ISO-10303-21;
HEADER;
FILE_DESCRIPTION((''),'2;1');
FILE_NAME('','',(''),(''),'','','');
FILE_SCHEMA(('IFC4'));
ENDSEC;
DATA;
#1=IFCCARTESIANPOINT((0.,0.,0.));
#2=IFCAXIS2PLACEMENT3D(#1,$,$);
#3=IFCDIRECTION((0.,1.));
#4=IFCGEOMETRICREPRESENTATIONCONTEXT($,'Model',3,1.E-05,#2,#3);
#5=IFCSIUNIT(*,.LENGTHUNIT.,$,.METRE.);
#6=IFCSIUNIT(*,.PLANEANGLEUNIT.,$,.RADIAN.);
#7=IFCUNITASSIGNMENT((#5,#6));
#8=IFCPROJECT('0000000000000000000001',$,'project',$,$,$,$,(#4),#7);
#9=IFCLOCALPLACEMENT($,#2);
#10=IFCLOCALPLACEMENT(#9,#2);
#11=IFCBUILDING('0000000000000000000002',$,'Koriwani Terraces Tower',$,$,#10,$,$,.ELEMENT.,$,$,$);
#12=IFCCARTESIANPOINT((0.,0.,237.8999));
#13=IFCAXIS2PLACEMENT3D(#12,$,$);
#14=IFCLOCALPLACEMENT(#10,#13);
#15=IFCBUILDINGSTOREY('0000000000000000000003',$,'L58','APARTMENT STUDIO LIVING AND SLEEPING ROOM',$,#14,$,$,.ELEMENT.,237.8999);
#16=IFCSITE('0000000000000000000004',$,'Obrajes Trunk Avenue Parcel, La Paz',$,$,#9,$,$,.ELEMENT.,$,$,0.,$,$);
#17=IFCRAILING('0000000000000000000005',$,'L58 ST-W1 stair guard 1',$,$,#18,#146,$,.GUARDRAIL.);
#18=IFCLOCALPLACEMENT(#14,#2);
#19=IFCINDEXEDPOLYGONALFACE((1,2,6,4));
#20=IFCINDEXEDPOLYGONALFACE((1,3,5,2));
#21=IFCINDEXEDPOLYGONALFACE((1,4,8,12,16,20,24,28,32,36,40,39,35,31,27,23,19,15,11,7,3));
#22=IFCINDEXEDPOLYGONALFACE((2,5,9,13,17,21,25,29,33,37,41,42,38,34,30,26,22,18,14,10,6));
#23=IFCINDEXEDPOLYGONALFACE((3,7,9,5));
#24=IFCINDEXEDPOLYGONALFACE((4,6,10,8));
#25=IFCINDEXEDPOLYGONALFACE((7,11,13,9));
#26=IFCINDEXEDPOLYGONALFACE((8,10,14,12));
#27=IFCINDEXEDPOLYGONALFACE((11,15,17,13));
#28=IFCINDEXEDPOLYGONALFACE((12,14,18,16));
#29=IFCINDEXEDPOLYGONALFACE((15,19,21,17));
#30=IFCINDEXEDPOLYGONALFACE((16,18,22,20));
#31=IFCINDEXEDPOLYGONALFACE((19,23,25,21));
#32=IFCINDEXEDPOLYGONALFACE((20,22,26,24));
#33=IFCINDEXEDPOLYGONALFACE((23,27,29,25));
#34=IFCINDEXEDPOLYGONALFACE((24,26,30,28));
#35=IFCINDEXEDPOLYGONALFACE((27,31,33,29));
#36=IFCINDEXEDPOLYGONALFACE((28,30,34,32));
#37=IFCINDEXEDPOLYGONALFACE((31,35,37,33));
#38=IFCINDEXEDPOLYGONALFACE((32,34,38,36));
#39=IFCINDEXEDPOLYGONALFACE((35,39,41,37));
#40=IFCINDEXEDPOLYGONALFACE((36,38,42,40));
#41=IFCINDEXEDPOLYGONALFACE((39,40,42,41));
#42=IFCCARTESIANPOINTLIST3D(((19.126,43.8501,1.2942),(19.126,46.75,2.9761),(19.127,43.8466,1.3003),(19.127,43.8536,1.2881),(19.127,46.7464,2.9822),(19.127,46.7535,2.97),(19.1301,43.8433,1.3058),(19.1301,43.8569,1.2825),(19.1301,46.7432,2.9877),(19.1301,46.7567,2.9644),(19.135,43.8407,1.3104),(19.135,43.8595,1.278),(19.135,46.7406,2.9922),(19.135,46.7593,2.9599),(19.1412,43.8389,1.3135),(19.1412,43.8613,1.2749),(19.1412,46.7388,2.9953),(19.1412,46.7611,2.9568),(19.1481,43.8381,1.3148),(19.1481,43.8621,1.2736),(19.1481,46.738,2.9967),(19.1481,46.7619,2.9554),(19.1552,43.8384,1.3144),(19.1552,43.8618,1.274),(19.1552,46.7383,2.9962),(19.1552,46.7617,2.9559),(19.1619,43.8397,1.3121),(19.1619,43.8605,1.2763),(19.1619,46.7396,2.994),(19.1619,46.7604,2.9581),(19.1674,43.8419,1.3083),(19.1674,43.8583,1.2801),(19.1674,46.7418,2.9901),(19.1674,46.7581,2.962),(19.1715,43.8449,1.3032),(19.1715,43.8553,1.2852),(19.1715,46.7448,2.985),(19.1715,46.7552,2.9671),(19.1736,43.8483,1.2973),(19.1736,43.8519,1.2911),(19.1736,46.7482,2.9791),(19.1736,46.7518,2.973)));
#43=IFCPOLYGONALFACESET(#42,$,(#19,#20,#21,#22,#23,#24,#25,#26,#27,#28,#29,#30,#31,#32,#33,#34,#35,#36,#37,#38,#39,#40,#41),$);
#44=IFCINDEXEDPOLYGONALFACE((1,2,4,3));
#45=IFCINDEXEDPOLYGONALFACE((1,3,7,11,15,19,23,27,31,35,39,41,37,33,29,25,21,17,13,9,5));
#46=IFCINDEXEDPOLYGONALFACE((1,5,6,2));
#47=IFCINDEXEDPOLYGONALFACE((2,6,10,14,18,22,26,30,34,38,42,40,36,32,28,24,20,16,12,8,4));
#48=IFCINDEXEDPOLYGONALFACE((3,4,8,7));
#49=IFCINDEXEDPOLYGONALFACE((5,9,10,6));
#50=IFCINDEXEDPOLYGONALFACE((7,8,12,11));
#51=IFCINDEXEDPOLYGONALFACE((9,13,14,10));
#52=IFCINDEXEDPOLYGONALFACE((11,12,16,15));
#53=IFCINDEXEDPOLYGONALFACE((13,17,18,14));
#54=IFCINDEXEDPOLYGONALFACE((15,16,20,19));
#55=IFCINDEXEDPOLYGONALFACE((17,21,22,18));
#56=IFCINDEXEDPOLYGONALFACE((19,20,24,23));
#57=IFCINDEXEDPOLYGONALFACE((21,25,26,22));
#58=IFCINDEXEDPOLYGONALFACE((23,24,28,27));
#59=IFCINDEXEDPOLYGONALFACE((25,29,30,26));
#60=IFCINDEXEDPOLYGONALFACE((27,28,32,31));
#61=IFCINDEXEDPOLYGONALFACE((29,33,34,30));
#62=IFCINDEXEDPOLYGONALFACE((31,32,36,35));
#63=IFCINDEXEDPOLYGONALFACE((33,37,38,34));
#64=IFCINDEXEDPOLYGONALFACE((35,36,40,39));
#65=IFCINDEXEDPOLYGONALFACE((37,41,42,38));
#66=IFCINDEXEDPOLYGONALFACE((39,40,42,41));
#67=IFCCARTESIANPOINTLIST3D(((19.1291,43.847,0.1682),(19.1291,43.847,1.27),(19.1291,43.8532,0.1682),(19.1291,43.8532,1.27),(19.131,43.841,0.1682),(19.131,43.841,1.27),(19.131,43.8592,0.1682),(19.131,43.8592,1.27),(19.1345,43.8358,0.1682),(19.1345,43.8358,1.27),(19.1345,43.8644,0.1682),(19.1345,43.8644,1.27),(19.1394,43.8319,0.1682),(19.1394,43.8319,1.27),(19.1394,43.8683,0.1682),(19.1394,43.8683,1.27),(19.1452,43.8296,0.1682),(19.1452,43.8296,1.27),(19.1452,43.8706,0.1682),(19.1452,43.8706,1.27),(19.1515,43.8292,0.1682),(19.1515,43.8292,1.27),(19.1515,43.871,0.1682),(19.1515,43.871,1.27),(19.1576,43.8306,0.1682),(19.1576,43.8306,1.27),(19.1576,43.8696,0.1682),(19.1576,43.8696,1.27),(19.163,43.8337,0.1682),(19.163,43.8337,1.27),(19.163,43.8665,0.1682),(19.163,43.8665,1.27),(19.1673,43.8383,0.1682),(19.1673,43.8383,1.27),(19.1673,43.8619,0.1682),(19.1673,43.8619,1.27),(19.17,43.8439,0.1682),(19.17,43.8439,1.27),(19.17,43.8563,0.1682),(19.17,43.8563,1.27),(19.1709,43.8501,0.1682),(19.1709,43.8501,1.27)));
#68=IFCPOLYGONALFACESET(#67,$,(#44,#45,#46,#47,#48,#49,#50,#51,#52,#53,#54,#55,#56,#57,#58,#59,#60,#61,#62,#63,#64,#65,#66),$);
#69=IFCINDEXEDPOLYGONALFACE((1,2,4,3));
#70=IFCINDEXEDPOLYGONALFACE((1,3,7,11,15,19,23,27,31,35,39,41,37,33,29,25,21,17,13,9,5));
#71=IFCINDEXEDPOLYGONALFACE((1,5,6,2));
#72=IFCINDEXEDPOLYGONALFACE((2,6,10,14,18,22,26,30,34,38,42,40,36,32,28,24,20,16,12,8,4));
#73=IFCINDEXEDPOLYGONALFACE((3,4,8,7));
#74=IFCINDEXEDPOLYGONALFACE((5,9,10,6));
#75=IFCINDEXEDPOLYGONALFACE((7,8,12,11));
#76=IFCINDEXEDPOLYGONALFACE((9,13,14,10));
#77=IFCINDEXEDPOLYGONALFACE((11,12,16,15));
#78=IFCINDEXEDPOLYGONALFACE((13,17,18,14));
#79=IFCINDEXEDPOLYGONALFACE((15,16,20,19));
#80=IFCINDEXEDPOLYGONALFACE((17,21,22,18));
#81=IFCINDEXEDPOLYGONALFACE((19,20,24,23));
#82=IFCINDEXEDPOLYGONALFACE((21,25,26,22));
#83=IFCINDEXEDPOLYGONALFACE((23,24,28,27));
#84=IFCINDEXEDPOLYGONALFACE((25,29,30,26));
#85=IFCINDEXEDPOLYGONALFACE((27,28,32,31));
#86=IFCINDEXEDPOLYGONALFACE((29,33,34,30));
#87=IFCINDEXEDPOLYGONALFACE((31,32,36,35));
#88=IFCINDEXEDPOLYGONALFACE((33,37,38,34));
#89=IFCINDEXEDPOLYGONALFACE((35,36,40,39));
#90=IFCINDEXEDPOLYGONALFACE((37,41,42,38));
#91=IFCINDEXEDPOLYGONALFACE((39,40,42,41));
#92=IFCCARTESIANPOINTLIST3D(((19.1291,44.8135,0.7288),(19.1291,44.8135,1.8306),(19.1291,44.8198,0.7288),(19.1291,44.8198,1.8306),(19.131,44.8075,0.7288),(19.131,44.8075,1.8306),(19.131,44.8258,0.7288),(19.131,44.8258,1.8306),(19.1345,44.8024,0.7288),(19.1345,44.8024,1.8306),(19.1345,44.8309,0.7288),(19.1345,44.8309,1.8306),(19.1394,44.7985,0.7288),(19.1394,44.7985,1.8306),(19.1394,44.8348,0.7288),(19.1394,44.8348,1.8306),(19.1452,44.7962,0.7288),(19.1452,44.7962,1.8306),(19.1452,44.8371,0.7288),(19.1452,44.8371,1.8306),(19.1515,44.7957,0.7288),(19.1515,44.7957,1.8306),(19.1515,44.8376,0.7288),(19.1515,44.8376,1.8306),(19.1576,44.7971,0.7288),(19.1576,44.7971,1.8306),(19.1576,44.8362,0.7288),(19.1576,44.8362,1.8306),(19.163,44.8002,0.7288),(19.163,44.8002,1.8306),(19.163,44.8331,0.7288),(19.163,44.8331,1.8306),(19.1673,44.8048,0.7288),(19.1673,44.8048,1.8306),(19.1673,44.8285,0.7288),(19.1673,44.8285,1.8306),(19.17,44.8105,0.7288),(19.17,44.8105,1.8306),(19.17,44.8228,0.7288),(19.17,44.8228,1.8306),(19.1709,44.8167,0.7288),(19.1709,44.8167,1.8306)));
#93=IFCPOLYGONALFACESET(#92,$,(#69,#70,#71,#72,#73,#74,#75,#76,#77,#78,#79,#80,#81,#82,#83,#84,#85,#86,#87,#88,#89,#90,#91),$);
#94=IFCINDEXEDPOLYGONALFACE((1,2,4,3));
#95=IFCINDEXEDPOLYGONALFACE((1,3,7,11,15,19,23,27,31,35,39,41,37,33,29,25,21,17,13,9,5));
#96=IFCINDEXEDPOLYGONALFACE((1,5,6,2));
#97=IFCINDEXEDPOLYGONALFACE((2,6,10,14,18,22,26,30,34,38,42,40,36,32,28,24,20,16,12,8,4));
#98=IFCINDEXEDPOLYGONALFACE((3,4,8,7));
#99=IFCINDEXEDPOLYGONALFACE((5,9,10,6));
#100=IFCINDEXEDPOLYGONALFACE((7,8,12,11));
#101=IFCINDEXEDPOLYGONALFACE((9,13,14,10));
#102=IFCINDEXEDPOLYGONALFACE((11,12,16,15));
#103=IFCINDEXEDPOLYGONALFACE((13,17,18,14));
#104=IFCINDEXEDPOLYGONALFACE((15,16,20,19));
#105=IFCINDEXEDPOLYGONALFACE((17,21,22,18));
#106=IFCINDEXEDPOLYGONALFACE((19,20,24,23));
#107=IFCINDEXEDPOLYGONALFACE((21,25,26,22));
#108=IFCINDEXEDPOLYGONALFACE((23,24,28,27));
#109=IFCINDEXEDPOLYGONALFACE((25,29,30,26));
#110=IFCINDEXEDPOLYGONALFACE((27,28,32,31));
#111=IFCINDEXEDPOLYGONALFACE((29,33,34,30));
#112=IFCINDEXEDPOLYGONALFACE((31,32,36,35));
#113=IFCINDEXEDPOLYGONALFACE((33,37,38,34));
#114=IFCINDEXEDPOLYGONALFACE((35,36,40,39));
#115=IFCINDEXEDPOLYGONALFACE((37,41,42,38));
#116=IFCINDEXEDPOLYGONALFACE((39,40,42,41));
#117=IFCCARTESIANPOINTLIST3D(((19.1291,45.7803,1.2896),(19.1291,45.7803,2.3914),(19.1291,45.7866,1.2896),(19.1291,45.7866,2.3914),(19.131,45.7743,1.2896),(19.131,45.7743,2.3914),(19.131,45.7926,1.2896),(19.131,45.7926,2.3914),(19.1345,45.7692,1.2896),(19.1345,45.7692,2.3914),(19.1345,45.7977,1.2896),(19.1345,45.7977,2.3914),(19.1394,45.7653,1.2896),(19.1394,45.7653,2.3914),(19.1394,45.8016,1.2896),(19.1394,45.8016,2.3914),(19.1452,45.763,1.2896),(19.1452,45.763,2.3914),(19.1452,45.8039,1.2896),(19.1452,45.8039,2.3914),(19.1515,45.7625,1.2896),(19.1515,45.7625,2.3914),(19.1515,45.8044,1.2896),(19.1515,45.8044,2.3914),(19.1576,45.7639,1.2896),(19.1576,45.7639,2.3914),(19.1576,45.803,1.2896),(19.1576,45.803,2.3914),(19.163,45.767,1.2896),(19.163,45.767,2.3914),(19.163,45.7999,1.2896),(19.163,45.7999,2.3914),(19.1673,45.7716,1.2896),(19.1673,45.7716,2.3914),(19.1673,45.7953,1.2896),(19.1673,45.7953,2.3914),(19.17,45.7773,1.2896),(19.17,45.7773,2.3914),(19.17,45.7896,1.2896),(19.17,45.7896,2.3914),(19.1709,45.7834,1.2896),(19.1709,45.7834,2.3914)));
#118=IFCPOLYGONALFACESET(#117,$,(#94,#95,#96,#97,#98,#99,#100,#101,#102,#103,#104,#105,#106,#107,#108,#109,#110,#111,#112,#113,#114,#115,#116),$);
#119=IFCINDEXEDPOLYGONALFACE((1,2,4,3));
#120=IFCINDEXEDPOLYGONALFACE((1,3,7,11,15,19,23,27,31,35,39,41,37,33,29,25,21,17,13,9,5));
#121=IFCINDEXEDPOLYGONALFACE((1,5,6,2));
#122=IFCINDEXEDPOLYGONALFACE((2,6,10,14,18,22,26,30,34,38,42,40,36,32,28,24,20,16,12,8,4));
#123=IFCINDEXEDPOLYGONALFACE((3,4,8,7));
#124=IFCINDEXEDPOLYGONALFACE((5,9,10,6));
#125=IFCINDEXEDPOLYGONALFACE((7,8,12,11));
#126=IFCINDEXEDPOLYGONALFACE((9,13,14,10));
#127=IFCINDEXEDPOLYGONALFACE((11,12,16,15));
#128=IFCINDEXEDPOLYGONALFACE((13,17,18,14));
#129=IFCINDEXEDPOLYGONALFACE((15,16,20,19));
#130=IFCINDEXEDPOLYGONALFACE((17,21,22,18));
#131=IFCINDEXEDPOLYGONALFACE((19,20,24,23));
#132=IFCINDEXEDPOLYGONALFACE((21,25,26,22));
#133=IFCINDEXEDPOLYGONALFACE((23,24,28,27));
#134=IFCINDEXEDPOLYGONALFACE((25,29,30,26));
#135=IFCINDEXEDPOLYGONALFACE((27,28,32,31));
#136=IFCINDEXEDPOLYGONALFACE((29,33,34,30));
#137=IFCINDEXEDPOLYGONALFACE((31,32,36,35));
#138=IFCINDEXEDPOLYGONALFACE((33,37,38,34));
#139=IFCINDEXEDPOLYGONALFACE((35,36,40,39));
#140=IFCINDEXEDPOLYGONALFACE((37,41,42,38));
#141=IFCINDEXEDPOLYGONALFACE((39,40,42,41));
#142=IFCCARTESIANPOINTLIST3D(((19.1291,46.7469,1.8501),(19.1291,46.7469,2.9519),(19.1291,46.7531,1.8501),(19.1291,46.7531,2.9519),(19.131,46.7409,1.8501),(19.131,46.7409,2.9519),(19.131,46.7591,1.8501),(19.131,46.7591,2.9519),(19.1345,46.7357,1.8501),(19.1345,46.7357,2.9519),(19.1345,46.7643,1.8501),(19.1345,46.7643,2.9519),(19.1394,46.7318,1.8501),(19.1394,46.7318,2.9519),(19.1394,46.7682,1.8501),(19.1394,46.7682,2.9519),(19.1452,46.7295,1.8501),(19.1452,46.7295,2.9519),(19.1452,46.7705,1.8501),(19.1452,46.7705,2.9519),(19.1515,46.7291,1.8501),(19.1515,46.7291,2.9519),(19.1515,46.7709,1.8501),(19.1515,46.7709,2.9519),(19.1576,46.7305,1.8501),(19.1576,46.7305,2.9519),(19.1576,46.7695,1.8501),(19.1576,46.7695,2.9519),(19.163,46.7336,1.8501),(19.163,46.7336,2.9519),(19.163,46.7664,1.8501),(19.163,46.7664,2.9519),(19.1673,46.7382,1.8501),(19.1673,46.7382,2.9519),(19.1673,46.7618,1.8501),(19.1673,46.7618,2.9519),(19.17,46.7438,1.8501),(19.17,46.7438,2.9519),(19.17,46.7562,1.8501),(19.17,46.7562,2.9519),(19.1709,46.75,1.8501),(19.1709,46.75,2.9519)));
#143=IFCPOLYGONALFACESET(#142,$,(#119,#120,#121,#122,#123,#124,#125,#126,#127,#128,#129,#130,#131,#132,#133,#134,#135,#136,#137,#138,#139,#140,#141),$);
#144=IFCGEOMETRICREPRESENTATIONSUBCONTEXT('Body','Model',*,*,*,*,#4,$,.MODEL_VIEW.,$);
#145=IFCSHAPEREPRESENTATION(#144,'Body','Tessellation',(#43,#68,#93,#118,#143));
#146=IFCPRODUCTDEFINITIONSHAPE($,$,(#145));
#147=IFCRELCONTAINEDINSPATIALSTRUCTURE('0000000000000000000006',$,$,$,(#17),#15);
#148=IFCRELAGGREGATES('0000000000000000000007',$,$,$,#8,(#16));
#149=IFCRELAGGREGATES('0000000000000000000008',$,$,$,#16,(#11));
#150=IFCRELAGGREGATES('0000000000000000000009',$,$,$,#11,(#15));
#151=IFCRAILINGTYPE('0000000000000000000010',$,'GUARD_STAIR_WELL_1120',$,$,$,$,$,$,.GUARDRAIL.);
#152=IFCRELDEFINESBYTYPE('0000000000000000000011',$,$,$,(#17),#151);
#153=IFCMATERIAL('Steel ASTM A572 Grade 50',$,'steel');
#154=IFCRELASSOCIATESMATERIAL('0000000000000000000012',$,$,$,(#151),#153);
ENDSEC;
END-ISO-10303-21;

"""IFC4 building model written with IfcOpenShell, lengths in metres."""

from ifc_helpers import new_model, si_unit, direction, frame, origin, origin_2d, place, context, subcontext, project, spatial, circle, extrude, material, type_object, element, save


model = new_model("IFC4")

# Units and contexts
model_context = context("Model", 3, precision=1e-05, world=origin(), true_north=direction((0.0, 1.0)))
body_context = subcontext(model_context, "Body", "Model", "MODEL_VIEW")
ifc_project = project(units=[si_unit("LENGTHUNIT", "METRE"), si_unit("PLANEANGLEUNIT", "RADIAN")], contexts=[model_context])

# Site, building, storey
site_placement = place(None, origin())
site = spatial("IfcSite", under=ifc_project, at=site_placement, Name="Obrajes Trunk Avenue Parcel, La Paz", CompositionType="ELEMENT", RefElevation=0.0)
building_placement = place(site_placement, origin())
building = spatial("IfcBuilding", under=site, at=building_placement, Name="Koriwani Terraces Tower", CompositionType="ELEMENT")
storey_placement = place(building_placement, frame((0.0, 0.0, 237.8999)))
storey = spatial("IfcBuildingStorey", under=building, at=storey_placement, Name="L58", Description="APARTMENT STUDIO LIVING AND SLEEPING ROOM", CompositionType="ELEMENT", Elevation=237.8999)

# Shared definitions
ifc_material_1 = material(Name="Steel ASTM A572 Grade 50", Category="steel")

# Railing
railing_type_1 = type_object("IfcRailingType", Name="GUARD_STAIR_WELL_1120", PredefinedType="GUARDRAIL", material=ifc_material_1)
railing_1_placement = place(storey_placement, frame((19.1499, 43.8501, 0.1682)))
element("IfcRailing", 1, at=railing_1_placement, inside=storey, type_object=railing_type_1, Name="L58 ST-W1 stair guard 1", PredefinedType="GUARDRAIL", context=body_context, shape_type="SweptSolid", body=[
    extrude(circle(Radius=0.0239, at=origin_2d()), frame((0.0, 0.0, 1.126), z_axis=(0.0, 0.865039, 0.501705), x_axis=(-1.0, 0.0, 0.0)), (0.0, 0.0, 1.0), 3.3523),
    extrude(circle(Radius=0.021, at=origin_2d()), origin(), (0.0, 0.0, 1.0), 1.1018),
    extrude(circle(Radius=0.021, at=origin_2d()), frame((0.0, 0.9666, 0.5605)), (0.0, 0.0, 1.0), 1.1018),
    extrude(circle(Radius=0.021, at=origin_2d()), frame((0.0, 1.9333, 1.1213)), (0.0, 0.0, 1.0), 1.1018),
    extrude(circle(Radius=0.021, at=origin_2d()), frame((0.0, 2.8999, 1.6819)), (0.0, 0.0, 1.0), 1.1018),
])

save(model, "model.ifc")
